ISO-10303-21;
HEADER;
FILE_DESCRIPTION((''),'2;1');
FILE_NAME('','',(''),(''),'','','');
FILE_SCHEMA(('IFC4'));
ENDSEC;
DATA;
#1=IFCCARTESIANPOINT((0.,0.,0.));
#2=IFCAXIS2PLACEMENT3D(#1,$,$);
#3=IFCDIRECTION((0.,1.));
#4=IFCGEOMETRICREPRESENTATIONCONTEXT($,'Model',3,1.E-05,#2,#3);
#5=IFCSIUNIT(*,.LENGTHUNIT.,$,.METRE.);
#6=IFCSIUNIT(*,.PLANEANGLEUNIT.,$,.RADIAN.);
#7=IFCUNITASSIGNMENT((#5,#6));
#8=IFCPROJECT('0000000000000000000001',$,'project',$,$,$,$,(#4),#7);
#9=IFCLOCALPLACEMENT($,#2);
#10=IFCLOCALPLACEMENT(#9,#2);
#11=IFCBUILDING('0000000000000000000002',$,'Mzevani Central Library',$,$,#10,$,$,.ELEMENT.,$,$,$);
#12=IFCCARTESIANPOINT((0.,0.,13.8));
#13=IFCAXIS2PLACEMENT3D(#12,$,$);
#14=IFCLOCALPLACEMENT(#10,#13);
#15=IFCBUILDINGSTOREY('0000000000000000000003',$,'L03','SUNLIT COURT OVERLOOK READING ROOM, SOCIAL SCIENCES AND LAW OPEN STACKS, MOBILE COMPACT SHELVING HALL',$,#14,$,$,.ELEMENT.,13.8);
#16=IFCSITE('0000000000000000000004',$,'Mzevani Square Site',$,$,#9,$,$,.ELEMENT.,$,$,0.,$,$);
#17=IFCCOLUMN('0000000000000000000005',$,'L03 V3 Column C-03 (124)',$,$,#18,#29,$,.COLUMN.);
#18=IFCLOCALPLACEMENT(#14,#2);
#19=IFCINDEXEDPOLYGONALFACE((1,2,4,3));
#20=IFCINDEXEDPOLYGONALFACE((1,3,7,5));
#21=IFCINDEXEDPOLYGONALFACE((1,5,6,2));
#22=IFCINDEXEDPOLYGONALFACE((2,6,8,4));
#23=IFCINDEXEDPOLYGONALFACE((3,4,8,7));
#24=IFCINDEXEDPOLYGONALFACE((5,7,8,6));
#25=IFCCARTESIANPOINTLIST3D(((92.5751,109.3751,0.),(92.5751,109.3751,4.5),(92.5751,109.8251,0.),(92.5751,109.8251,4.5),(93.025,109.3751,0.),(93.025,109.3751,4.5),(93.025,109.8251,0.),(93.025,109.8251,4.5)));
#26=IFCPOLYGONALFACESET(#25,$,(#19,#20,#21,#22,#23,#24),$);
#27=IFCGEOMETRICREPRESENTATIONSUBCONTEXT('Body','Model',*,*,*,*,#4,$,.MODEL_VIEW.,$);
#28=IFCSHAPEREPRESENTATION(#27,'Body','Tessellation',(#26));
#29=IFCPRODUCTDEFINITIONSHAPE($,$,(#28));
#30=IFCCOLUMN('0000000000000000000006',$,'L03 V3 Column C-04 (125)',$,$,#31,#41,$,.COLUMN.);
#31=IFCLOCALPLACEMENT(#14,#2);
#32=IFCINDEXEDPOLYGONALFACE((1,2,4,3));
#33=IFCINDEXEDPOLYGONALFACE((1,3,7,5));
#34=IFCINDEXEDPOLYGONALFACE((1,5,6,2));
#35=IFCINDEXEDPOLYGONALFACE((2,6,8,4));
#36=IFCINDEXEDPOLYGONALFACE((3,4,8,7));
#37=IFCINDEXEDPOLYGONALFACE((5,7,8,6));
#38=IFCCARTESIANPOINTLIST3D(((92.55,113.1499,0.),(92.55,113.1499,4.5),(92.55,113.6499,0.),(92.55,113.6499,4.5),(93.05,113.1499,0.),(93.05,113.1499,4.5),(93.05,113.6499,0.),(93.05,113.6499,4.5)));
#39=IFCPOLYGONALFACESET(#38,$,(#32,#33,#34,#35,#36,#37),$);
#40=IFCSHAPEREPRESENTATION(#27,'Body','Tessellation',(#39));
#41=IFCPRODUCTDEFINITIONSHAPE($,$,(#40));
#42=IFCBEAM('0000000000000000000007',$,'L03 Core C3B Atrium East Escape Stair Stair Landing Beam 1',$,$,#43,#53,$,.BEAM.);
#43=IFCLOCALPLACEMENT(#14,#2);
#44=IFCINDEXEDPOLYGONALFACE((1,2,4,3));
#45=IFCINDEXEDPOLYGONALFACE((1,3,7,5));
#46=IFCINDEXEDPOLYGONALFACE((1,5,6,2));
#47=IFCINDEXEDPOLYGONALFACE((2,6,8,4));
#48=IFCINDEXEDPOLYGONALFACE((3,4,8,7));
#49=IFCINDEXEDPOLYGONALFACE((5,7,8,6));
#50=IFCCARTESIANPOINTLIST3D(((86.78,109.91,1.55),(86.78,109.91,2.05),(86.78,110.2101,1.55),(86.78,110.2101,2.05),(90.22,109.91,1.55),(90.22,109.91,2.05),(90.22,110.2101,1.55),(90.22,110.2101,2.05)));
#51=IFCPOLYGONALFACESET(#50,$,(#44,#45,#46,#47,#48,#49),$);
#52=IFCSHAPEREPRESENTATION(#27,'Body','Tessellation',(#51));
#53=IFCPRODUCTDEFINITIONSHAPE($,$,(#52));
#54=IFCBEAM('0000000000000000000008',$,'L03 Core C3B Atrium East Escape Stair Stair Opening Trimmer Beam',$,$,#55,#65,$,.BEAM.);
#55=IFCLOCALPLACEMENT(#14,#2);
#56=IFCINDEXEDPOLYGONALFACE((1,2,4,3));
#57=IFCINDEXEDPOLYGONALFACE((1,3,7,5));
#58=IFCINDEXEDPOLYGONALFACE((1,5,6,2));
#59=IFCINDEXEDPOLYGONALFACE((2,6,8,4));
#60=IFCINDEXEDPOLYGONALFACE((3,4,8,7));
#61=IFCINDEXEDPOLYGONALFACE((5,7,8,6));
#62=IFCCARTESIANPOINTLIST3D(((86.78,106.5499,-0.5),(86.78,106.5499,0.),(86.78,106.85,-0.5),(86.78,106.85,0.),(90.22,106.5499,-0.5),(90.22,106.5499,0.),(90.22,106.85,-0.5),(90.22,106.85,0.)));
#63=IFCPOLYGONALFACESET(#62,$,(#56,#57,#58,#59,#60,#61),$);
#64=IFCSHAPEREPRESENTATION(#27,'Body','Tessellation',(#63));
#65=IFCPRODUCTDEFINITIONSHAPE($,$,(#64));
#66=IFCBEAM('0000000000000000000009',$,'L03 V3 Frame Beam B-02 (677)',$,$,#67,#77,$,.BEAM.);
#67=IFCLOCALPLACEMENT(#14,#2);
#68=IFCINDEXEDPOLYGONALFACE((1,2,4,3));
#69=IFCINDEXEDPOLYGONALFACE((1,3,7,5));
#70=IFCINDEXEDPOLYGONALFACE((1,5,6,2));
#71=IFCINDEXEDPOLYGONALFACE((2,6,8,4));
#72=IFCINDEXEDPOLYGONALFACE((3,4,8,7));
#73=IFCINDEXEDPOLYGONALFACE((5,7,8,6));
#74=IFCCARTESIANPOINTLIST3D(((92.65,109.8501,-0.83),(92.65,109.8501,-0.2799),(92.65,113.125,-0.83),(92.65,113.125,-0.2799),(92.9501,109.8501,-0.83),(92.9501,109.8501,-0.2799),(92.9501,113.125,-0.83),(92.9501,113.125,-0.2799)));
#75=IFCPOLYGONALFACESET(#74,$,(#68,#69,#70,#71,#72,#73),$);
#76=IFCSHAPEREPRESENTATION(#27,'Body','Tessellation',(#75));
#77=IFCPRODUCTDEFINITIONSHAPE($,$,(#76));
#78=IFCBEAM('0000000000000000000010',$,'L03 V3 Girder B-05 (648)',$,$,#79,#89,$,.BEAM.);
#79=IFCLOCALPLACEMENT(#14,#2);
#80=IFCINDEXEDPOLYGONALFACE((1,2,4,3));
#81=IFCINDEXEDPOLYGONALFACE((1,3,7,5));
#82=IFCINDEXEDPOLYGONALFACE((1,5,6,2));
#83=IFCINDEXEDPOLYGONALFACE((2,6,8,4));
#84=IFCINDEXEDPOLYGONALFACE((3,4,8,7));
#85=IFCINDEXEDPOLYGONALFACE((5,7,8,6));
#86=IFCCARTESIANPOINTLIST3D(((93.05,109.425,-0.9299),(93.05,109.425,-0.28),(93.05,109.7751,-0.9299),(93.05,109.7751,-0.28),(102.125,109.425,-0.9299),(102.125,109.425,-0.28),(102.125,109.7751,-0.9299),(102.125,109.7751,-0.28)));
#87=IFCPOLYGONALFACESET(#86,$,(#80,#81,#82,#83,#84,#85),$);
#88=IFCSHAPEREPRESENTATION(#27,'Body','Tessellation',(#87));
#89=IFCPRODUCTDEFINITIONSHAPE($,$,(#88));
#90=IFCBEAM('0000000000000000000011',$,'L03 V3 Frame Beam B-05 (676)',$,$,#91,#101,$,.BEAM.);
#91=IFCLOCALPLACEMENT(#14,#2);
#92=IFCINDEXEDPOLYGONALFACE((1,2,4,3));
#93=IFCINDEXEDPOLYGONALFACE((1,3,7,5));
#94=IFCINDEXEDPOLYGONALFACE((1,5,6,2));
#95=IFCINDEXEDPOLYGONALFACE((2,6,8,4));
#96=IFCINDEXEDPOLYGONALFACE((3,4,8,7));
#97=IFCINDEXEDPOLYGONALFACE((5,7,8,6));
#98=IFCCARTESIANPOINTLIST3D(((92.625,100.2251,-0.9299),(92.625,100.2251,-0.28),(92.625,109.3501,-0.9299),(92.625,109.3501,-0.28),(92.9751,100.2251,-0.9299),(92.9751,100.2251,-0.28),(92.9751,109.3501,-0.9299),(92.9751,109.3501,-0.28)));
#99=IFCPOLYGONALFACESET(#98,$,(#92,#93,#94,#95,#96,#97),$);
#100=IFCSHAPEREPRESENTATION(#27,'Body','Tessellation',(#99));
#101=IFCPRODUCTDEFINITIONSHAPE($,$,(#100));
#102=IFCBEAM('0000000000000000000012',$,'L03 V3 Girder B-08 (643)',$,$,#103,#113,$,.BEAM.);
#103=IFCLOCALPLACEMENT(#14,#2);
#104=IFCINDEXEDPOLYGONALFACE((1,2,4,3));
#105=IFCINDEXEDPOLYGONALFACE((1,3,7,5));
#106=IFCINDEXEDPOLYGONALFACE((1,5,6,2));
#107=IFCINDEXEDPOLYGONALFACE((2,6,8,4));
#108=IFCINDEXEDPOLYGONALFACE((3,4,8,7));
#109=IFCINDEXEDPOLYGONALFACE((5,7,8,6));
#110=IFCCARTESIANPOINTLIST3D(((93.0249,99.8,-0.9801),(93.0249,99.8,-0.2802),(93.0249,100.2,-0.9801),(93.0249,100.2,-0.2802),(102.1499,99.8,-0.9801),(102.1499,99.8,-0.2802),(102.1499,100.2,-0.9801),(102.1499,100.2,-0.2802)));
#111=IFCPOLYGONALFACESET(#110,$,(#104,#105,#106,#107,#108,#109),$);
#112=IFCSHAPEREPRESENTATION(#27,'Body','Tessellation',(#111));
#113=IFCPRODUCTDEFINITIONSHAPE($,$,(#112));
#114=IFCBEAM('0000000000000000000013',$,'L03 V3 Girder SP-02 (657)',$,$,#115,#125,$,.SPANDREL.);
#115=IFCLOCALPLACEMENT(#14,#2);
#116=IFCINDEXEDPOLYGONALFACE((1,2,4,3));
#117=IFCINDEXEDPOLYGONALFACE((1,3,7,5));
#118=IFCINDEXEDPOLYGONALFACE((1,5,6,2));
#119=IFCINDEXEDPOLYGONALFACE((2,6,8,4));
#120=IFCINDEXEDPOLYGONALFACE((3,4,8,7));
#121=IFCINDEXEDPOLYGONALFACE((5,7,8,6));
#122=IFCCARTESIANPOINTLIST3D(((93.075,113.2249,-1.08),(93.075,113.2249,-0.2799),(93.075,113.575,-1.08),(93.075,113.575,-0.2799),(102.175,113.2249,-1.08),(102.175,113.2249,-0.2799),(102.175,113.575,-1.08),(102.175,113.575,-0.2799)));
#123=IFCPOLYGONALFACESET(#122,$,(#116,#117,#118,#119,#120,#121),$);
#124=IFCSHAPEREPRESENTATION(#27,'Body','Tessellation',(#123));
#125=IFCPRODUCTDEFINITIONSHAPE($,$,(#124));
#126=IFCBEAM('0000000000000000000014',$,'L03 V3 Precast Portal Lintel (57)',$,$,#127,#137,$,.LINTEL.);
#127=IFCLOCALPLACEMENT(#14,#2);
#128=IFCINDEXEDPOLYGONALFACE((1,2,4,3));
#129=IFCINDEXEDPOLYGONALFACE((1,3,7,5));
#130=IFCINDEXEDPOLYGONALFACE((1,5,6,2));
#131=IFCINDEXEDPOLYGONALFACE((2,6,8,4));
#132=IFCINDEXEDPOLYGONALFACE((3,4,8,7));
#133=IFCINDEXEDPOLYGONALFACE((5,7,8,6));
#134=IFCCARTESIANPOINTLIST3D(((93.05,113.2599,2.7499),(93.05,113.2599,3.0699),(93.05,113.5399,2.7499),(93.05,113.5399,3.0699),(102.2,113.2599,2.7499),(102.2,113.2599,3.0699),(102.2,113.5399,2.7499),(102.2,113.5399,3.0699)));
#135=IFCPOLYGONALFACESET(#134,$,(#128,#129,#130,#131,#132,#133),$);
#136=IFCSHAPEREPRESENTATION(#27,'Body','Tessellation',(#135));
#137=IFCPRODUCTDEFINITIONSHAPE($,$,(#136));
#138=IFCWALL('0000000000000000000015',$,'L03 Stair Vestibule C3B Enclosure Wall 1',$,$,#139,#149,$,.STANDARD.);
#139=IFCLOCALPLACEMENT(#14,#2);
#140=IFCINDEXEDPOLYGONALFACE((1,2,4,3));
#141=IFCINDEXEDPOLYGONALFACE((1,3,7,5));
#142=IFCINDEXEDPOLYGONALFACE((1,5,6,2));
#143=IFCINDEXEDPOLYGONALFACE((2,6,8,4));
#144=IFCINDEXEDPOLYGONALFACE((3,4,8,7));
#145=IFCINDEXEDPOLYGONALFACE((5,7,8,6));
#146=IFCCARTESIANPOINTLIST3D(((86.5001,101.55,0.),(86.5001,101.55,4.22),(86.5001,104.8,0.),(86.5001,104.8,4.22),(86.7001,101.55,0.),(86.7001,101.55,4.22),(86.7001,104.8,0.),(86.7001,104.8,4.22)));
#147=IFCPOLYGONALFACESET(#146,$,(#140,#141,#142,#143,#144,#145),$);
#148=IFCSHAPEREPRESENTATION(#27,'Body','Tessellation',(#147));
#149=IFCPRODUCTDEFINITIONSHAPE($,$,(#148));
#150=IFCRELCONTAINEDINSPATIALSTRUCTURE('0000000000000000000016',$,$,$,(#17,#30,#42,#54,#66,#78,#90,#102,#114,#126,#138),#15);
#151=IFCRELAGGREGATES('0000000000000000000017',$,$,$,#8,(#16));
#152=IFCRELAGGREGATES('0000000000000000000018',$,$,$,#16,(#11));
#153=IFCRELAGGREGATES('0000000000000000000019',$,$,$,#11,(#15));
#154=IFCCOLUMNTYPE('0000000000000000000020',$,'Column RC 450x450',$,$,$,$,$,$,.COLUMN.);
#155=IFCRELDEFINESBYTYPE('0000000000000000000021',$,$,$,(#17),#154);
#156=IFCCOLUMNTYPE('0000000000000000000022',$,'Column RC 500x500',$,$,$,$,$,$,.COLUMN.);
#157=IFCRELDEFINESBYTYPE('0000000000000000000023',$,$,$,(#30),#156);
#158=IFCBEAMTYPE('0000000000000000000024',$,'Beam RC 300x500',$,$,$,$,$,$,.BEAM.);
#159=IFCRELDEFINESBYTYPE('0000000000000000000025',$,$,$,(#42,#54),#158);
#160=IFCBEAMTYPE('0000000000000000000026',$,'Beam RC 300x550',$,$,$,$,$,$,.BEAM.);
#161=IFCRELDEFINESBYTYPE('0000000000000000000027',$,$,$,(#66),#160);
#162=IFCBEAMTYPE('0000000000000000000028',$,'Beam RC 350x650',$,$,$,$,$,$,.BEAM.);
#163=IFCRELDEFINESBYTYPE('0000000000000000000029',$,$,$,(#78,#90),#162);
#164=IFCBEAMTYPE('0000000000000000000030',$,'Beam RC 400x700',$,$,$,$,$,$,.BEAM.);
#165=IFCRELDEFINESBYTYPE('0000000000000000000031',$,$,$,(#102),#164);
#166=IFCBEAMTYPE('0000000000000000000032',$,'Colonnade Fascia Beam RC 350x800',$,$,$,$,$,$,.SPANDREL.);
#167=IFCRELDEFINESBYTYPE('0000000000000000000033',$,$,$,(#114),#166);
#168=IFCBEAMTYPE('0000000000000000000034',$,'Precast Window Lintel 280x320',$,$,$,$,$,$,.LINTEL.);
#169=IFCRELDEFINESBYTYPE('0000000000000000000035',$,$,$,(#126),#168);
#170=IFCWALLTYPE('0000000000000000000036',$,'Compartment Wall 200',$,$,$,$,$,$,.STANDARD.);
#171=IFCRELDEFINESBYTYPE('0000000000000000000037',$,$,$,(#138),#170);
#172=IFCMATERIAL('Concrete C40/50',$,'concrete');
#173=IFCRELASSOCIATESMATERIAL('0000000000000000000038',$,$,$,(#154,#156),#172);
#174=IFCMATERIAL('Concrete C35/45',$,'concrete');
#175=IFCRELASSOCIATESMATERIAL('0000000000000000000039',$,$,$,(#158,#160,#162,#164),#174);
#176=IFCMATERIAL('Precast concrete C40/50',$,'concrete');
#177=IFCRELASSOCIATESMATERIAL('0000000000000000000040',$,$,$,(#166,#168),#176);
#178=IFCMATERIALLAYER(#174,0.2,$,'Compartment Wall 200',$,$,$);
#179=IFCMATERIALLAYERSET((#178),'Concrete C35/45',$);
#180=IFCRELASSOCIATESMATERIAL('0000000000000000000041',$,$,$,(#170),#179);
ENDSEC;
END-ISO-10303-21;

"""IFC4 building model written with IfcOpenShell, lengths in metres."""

from ifc_helpers import new_model, si_unit, direction, frame, frame_2d, origin, origin_2d, place, context, subcontext, project, spatial, rectangle, extrude, material, layer, layer_set, material_profile, profile_set, type_object, element, save


model = new_model("IFC4")

# Units and contexts
model_context = context("Model", 3, precision=1e-05, world=origin(), true_north=direction((0.0, 1.0)))
body_context = subcontext(model_context, "Body", "Model", "MODEL_VIEW")
ifc_project = project(units=[si_unit("LENGTHUNIT", "METRE"), si_unit("PLANEANGLEUNIT", "RADIAN")], contexts=[model_context])

# Site, building, storey
site_placement = place(None, origin())
site = spatial("IfcSite", under=ifc_project, at=site_placement, Name="Mzevani Square Site", CompositionType="ELEMENT", RefElevation=0.0)
building_placement = place(site_placement, origin())
building = spatial("IfcBuilding", under=site, at=building_placement, Name="Mzevani Central Library", CompositionType="ELEMENT")
storey_placement = place(building_placement, frame((0.0, 0.0, 13.8)))
storey = spatial("IfcBuildingStorey", under=building, at=storey_placement, Name="L03", Description="SUNLIT COURT OVERLOOK READING ROOM, SOCIAL SCIENCES AND LAW OPEN STACKS, MOBILE COMPACT SHELVING HALL", CompositionType="ELEMENT", Elevation=13.8)

# Columns
ifc_material_1 = material(Name="Concrete C40/50", Category="concrete")
ifc_material_profile_1 = material_profile(ifc_material_1, rectangle(XDim=0.45, YDim=0.45, at=origin_2d()), Name="RC 450x450")
ifc_profile_set_1 = profile_set([ifc_material_profile_1], Name="Concrete C40/50")
column_type_1 = type_object("IfcColumnType", Name="Column RC 450x450", PredefinedType="COLUMN", material=ifc_profile_set_1)
column_1_placement = place(storey_placement, frame((92.8, 109.6001, 0.0), z_axis=(0.0, 0.0, 1.0), x_axis=(1.0, 0.0, 0.0)))
element("IfcColumn", 1, at=column_1_placement, inside=storey, type_object=column_type_1, Name="L03 V3 Column C-03 (124)", PredefinedType="COLUMN", context=body_context, shape_type="SweptSolid", body=[
    extrude(rectangle(XDim=0.45, YDim=0.45, at=origin_2d()), origin(), (0.0, 0.0, 1.0), 4.5),
])
ifc_material_profile_2 = material_profile(ifc_material_1, rectangle(XDim=0.5, YDim=0.5, at=origin_2d()), Name="RC 500x500")
ifc_profile_set_2 = profile_set([ifc_material_profile_2], Name="Concrete C40/50")
column_type_2 = type_object("IfcColumnType", Name="Column RC 500x500", PredefinedType="COLUMN", material=ifc_profile_set_2)
column_2_placement = place(storey_placement, frame((92.8, 113.3999, 0.0), z_axis=(0.0, 0.0, 1.0), x_axis=(1.0, 0.0, 0.0)))
element("IfcColumn", 2, at=column_2_placement, inside=storey, type_object=column_type_2, Name="L03 V3 Column C-04 (125)", PredefinedType="COLUMN", context=body_context, shape_type="SweptSolid", body=[
    extrude(rectangle(XDim=0.5, YDim=0.5, at=origin_2d()), origin(), (0.0, 0.0, 1.0), 4.5),
])

# Beams
ifc_material_2 = material(Name="Concrete C35/45", Category="concrete")
ifc_material_profile_3 = material_profile(ifc_material_2, rectangle(XDim=0.3, YDim=0.5, at=origin_2d()), Name="RC B300x500")
ifc_profile_set_3 = profile_set([ifc_material_profile_3], Name="Concrete C35/45")
beam_type_1 = type_object("IfcBeamType", Name="Beam RC 300x500", PredefinedType="BEAM", material=ifc_profile_set_3)
for number, where, z_axis, x_axis, name in (
    (3, (86.78, 110.0601, 1.8), (1.0, 0.0, 0.0), (0.0, 1.0, 0.0), "L03 Core C3B Atrium East Escape Stair Stair Landing Beam 1"),
    (4, (86.78, 106.7, -0.25), (1.0, 0.0, 0.0), (0.0, 1.0, 0.0), "L03 Core C3B Atrium East Escape Stair Stair Opening Trimmer Beam"),
):
    element("IfcBeam", number, at=place(storey_placement, frame(where, z_axis=z_axis, x_axis=x_axis)), inside=storey, type_object=beam_type_1, Name=name, PredefinedType="BEAM", context=body_context, shape_type="SweptSolid", body=[
        extrude(rectangle(XDim=0.3, YDim=0.5, at=origin_2d()), origin(), (0.0, 0.0, 1.0), 3.4399),
    ])
ifc_material_profile_4 = material_profile(ifc_material_2, rectangle(XDim=0.3, YDim=0.55, at=origin_2d()), Name="RC B300x550")
ifc_profile_set_4 = profile_set([ifc_material_profile_4], Name="Concrete C35/45")
beam_type_2 = type_object("IfcBeamType", Name="Beam RC 300x550", PredefinedType="BEAM", material=ifc_profile_set_4)
beam_1_placement = place(storey_placement, frame((92.8, 109.8501, -0.5549), z_axis=(0.0, 1.0, 0.0), x_axis=(-1.0, 0.0, 0.0)))
element("IfcBeam", 5, at=beam_1_placement, inside=storey, type_object=beam_type_2, Name="L03 V3 Frame Beam B-02 (677)", PredefinedType="BEAM", context=body_context, shape_type="SweptSolid", body=[
    extrude(rectangle(XDim=0.3, YDim=0.55, at=origin_2d()), origin(), (0.0, 0.0, 1.0), 3.2749),
])
ifc_material_profile_5 = material_profile(ifc_material_2, rectangle(XDim=0.3501, YDim=0.6499, at=origin_2d()), Name="RC B350x650")
ifc_profile_set_5 = profile_set([ifc_material_profile_5], Name="Concrete C35/45")
beam_type_3 = type_object("IfcBeamType", Name="Beam RC 350x650", PredefinedType="BEAM", material=ifc_profile_set_5)
beam_2_placement = place(storey_placement, frame((93.05, 109.6001, -0.605), z_axis=(1.0, 0.0, 0.0), x_axis=(0.0, 1.0, 0.0)))
element("IfcBeam", 6, at=beam_2_placement, inside=storey, type_object=beam_type_3, Name="L03 V3 Girder B-05 (648)", PredefinedType="BEAM", context=body_context, shape_type="SweptSolid", body=[
    extrude(rectangle(XDim=0.3501, YDim=0.6499, at=origin_2d()), origin(), (0.0, 0.0, 1.0), 9.075),
])
beam_3_placement = place(storey_placement, frame((92.8, 100.2251, -0.605), z_axis=(0.0, 1.0, 0.0), x_axis=(-1.0, 0.0, 0.0)))
element("IfcBeam", 7, at=beam_3_placement, inside=storey, type_object=beam_type_3, Name="L03 V3 Frame Beam B-05 (676)", PredefinedType="BEAM", context=body_context, shape_type="SweptSolid", body=[
    extrude(rectangle(XDim=0.3501, YDim=0.6499, at=origin_2d()), origin(), (0.0, 0.0, 1.0), 9.125),
])
ifc_material_profile_6 = material_profile(ifc_material_2, rectangle(XDim=0.3999, YDim=0.7, at=origin_2d()), Name="RC B400x700")
ifc_profile_set_6 = profile_set([ifc_material_profile_6], Name="Concrete C35/45")
beam_type_4 = type_object("IfcBeamType", Name="Beam RC 400x700", PredefinedType="BEAM", material=ifc_profile_set_6)
beam_4_placement = place(storey_placement, frame((93.0249, 100.0, -0.6301), z_axis=(1.0, 0.0, 0.0), x_axis=(0.0, 1.0, 0.0)))
element("IfcBeam", 8, at=beam_4_placement, inside=storey, type_object=beam_type_4, Name="L03 V3 Girder B-08 (643)", PredefinedType="BEAM", context=body_context, shape_type="SweptSolid", body=[
    extrude(rectangle(XDim=0.3999, YDim=0.7, at=origin_2d()), origin(), (0.0, 0.0, 1.0), 9.125),
])
ifc_material_3 = material(Name="Precast concrete C40/50", Category="concrete")
ifc_material_profile_7 = material_profile(ifc_material_3, rectangle(XDim=0.3501, YDim=0.8, at=origin_2d()), Name="RC SP350x800")
ifc_profile_set_7 = profile_set([ifc_material_profile_7], Name="Precast concrete C40/50")
beam_type_5 = type_object("IfcBeamType", Name="Colonnade Fascia Beam RC 350x800", PredefinedType="SPANDREL", material=ifc_profile_set_7)
beam_5_placement = place(storey_placement, frame((93.075, 113.3999, -0.6799), z_axis=(1.0, 0.0, 0.0), x_axis=(0.0, 1.0, 0.0)))
element("IfcBeam", 9, at=beam_5_placement, inside=storey, type_object=beam_type_5, Name="L03 V3 Girder SP-02 (657)", PredefinedType="SPANDREL", context=body_context, shape_type="SweptSolid", body=[
    extrude(rectangle(XDim=0.3501, YDim=0.8, at=origin_2d()), origin(), (0.0, 0.0, 1.0), 9.1001),
])
ifc_material_profile_8 = material_profile(ifc_material_3, rectangle(XDim=0.28, YDim=0.3201, at=origin_2d()), Name="PC LN280x320")
ifc_profile_set_8 = profile_set([ifc_material_profile_8], Name="Precast concrete C40/50")
beam_type_6 = type_object("IfcBeamType", Name="Precast Window Lintel 280x320", PredefinedType="LINTEL", material=ifc_profile_set_8)
beam_6_placement = place(storey_placement, frame((93.05, 113.3999, 2.9099), z_axis=(1.0, 0.0, 0.0), x_axis=(0.0, 1.0, 0.0)))
element("IfcBeam", 10, at=beam_6_placement, inside=storey, type_object=beam_type_6, Name="L03 V3 Precast Portal Lintel (57)", PredefinedType="LINTEL", context=body_context, shape_type="SweptSolid", body=[
    extrude(rectangle(XDim=0.28, YDim=0.3201, at=origin_2d()), origin(), (0.0, 0.0, 1.0), 9.1499),
])

# Wall
ifc_layer_1 = layer(ifc_material_2, 0.2, Name="Compartment Wall 200")
ifc_layer_set_1 = layer_set([ifc_layer_1], Name="Concrete C35/45")
wall_type_1 = type_object("IfcWallType", Name="Compartment Wall 200", PredefinedType="STANDARD", material=ifc_layer_set_1)
wall_1_placement = place(storey_placement, frame((86.6001, 104.8, 0.0), z_axis=(0.0, 0.0, 1.0), x_axis=(0.0, -1.0, 0.0)))
element("IfcWall", 11, at=wall_1_placement, inside=storey, type_object=wall_type_1, Name="L03 Stair Vestibule C3B Enclosure Wall 1", PredefinedType="STANDARD", context=body_context, shape_type="SweptSolid", body=[
    extrude(rectangle(XDim=3.25, YDim=0.2, at=frame_2d((1.625, 0.0))), origin(), (0.0, 0.0, 1.0), 4.22),
])

save(model, "model.ifc")
